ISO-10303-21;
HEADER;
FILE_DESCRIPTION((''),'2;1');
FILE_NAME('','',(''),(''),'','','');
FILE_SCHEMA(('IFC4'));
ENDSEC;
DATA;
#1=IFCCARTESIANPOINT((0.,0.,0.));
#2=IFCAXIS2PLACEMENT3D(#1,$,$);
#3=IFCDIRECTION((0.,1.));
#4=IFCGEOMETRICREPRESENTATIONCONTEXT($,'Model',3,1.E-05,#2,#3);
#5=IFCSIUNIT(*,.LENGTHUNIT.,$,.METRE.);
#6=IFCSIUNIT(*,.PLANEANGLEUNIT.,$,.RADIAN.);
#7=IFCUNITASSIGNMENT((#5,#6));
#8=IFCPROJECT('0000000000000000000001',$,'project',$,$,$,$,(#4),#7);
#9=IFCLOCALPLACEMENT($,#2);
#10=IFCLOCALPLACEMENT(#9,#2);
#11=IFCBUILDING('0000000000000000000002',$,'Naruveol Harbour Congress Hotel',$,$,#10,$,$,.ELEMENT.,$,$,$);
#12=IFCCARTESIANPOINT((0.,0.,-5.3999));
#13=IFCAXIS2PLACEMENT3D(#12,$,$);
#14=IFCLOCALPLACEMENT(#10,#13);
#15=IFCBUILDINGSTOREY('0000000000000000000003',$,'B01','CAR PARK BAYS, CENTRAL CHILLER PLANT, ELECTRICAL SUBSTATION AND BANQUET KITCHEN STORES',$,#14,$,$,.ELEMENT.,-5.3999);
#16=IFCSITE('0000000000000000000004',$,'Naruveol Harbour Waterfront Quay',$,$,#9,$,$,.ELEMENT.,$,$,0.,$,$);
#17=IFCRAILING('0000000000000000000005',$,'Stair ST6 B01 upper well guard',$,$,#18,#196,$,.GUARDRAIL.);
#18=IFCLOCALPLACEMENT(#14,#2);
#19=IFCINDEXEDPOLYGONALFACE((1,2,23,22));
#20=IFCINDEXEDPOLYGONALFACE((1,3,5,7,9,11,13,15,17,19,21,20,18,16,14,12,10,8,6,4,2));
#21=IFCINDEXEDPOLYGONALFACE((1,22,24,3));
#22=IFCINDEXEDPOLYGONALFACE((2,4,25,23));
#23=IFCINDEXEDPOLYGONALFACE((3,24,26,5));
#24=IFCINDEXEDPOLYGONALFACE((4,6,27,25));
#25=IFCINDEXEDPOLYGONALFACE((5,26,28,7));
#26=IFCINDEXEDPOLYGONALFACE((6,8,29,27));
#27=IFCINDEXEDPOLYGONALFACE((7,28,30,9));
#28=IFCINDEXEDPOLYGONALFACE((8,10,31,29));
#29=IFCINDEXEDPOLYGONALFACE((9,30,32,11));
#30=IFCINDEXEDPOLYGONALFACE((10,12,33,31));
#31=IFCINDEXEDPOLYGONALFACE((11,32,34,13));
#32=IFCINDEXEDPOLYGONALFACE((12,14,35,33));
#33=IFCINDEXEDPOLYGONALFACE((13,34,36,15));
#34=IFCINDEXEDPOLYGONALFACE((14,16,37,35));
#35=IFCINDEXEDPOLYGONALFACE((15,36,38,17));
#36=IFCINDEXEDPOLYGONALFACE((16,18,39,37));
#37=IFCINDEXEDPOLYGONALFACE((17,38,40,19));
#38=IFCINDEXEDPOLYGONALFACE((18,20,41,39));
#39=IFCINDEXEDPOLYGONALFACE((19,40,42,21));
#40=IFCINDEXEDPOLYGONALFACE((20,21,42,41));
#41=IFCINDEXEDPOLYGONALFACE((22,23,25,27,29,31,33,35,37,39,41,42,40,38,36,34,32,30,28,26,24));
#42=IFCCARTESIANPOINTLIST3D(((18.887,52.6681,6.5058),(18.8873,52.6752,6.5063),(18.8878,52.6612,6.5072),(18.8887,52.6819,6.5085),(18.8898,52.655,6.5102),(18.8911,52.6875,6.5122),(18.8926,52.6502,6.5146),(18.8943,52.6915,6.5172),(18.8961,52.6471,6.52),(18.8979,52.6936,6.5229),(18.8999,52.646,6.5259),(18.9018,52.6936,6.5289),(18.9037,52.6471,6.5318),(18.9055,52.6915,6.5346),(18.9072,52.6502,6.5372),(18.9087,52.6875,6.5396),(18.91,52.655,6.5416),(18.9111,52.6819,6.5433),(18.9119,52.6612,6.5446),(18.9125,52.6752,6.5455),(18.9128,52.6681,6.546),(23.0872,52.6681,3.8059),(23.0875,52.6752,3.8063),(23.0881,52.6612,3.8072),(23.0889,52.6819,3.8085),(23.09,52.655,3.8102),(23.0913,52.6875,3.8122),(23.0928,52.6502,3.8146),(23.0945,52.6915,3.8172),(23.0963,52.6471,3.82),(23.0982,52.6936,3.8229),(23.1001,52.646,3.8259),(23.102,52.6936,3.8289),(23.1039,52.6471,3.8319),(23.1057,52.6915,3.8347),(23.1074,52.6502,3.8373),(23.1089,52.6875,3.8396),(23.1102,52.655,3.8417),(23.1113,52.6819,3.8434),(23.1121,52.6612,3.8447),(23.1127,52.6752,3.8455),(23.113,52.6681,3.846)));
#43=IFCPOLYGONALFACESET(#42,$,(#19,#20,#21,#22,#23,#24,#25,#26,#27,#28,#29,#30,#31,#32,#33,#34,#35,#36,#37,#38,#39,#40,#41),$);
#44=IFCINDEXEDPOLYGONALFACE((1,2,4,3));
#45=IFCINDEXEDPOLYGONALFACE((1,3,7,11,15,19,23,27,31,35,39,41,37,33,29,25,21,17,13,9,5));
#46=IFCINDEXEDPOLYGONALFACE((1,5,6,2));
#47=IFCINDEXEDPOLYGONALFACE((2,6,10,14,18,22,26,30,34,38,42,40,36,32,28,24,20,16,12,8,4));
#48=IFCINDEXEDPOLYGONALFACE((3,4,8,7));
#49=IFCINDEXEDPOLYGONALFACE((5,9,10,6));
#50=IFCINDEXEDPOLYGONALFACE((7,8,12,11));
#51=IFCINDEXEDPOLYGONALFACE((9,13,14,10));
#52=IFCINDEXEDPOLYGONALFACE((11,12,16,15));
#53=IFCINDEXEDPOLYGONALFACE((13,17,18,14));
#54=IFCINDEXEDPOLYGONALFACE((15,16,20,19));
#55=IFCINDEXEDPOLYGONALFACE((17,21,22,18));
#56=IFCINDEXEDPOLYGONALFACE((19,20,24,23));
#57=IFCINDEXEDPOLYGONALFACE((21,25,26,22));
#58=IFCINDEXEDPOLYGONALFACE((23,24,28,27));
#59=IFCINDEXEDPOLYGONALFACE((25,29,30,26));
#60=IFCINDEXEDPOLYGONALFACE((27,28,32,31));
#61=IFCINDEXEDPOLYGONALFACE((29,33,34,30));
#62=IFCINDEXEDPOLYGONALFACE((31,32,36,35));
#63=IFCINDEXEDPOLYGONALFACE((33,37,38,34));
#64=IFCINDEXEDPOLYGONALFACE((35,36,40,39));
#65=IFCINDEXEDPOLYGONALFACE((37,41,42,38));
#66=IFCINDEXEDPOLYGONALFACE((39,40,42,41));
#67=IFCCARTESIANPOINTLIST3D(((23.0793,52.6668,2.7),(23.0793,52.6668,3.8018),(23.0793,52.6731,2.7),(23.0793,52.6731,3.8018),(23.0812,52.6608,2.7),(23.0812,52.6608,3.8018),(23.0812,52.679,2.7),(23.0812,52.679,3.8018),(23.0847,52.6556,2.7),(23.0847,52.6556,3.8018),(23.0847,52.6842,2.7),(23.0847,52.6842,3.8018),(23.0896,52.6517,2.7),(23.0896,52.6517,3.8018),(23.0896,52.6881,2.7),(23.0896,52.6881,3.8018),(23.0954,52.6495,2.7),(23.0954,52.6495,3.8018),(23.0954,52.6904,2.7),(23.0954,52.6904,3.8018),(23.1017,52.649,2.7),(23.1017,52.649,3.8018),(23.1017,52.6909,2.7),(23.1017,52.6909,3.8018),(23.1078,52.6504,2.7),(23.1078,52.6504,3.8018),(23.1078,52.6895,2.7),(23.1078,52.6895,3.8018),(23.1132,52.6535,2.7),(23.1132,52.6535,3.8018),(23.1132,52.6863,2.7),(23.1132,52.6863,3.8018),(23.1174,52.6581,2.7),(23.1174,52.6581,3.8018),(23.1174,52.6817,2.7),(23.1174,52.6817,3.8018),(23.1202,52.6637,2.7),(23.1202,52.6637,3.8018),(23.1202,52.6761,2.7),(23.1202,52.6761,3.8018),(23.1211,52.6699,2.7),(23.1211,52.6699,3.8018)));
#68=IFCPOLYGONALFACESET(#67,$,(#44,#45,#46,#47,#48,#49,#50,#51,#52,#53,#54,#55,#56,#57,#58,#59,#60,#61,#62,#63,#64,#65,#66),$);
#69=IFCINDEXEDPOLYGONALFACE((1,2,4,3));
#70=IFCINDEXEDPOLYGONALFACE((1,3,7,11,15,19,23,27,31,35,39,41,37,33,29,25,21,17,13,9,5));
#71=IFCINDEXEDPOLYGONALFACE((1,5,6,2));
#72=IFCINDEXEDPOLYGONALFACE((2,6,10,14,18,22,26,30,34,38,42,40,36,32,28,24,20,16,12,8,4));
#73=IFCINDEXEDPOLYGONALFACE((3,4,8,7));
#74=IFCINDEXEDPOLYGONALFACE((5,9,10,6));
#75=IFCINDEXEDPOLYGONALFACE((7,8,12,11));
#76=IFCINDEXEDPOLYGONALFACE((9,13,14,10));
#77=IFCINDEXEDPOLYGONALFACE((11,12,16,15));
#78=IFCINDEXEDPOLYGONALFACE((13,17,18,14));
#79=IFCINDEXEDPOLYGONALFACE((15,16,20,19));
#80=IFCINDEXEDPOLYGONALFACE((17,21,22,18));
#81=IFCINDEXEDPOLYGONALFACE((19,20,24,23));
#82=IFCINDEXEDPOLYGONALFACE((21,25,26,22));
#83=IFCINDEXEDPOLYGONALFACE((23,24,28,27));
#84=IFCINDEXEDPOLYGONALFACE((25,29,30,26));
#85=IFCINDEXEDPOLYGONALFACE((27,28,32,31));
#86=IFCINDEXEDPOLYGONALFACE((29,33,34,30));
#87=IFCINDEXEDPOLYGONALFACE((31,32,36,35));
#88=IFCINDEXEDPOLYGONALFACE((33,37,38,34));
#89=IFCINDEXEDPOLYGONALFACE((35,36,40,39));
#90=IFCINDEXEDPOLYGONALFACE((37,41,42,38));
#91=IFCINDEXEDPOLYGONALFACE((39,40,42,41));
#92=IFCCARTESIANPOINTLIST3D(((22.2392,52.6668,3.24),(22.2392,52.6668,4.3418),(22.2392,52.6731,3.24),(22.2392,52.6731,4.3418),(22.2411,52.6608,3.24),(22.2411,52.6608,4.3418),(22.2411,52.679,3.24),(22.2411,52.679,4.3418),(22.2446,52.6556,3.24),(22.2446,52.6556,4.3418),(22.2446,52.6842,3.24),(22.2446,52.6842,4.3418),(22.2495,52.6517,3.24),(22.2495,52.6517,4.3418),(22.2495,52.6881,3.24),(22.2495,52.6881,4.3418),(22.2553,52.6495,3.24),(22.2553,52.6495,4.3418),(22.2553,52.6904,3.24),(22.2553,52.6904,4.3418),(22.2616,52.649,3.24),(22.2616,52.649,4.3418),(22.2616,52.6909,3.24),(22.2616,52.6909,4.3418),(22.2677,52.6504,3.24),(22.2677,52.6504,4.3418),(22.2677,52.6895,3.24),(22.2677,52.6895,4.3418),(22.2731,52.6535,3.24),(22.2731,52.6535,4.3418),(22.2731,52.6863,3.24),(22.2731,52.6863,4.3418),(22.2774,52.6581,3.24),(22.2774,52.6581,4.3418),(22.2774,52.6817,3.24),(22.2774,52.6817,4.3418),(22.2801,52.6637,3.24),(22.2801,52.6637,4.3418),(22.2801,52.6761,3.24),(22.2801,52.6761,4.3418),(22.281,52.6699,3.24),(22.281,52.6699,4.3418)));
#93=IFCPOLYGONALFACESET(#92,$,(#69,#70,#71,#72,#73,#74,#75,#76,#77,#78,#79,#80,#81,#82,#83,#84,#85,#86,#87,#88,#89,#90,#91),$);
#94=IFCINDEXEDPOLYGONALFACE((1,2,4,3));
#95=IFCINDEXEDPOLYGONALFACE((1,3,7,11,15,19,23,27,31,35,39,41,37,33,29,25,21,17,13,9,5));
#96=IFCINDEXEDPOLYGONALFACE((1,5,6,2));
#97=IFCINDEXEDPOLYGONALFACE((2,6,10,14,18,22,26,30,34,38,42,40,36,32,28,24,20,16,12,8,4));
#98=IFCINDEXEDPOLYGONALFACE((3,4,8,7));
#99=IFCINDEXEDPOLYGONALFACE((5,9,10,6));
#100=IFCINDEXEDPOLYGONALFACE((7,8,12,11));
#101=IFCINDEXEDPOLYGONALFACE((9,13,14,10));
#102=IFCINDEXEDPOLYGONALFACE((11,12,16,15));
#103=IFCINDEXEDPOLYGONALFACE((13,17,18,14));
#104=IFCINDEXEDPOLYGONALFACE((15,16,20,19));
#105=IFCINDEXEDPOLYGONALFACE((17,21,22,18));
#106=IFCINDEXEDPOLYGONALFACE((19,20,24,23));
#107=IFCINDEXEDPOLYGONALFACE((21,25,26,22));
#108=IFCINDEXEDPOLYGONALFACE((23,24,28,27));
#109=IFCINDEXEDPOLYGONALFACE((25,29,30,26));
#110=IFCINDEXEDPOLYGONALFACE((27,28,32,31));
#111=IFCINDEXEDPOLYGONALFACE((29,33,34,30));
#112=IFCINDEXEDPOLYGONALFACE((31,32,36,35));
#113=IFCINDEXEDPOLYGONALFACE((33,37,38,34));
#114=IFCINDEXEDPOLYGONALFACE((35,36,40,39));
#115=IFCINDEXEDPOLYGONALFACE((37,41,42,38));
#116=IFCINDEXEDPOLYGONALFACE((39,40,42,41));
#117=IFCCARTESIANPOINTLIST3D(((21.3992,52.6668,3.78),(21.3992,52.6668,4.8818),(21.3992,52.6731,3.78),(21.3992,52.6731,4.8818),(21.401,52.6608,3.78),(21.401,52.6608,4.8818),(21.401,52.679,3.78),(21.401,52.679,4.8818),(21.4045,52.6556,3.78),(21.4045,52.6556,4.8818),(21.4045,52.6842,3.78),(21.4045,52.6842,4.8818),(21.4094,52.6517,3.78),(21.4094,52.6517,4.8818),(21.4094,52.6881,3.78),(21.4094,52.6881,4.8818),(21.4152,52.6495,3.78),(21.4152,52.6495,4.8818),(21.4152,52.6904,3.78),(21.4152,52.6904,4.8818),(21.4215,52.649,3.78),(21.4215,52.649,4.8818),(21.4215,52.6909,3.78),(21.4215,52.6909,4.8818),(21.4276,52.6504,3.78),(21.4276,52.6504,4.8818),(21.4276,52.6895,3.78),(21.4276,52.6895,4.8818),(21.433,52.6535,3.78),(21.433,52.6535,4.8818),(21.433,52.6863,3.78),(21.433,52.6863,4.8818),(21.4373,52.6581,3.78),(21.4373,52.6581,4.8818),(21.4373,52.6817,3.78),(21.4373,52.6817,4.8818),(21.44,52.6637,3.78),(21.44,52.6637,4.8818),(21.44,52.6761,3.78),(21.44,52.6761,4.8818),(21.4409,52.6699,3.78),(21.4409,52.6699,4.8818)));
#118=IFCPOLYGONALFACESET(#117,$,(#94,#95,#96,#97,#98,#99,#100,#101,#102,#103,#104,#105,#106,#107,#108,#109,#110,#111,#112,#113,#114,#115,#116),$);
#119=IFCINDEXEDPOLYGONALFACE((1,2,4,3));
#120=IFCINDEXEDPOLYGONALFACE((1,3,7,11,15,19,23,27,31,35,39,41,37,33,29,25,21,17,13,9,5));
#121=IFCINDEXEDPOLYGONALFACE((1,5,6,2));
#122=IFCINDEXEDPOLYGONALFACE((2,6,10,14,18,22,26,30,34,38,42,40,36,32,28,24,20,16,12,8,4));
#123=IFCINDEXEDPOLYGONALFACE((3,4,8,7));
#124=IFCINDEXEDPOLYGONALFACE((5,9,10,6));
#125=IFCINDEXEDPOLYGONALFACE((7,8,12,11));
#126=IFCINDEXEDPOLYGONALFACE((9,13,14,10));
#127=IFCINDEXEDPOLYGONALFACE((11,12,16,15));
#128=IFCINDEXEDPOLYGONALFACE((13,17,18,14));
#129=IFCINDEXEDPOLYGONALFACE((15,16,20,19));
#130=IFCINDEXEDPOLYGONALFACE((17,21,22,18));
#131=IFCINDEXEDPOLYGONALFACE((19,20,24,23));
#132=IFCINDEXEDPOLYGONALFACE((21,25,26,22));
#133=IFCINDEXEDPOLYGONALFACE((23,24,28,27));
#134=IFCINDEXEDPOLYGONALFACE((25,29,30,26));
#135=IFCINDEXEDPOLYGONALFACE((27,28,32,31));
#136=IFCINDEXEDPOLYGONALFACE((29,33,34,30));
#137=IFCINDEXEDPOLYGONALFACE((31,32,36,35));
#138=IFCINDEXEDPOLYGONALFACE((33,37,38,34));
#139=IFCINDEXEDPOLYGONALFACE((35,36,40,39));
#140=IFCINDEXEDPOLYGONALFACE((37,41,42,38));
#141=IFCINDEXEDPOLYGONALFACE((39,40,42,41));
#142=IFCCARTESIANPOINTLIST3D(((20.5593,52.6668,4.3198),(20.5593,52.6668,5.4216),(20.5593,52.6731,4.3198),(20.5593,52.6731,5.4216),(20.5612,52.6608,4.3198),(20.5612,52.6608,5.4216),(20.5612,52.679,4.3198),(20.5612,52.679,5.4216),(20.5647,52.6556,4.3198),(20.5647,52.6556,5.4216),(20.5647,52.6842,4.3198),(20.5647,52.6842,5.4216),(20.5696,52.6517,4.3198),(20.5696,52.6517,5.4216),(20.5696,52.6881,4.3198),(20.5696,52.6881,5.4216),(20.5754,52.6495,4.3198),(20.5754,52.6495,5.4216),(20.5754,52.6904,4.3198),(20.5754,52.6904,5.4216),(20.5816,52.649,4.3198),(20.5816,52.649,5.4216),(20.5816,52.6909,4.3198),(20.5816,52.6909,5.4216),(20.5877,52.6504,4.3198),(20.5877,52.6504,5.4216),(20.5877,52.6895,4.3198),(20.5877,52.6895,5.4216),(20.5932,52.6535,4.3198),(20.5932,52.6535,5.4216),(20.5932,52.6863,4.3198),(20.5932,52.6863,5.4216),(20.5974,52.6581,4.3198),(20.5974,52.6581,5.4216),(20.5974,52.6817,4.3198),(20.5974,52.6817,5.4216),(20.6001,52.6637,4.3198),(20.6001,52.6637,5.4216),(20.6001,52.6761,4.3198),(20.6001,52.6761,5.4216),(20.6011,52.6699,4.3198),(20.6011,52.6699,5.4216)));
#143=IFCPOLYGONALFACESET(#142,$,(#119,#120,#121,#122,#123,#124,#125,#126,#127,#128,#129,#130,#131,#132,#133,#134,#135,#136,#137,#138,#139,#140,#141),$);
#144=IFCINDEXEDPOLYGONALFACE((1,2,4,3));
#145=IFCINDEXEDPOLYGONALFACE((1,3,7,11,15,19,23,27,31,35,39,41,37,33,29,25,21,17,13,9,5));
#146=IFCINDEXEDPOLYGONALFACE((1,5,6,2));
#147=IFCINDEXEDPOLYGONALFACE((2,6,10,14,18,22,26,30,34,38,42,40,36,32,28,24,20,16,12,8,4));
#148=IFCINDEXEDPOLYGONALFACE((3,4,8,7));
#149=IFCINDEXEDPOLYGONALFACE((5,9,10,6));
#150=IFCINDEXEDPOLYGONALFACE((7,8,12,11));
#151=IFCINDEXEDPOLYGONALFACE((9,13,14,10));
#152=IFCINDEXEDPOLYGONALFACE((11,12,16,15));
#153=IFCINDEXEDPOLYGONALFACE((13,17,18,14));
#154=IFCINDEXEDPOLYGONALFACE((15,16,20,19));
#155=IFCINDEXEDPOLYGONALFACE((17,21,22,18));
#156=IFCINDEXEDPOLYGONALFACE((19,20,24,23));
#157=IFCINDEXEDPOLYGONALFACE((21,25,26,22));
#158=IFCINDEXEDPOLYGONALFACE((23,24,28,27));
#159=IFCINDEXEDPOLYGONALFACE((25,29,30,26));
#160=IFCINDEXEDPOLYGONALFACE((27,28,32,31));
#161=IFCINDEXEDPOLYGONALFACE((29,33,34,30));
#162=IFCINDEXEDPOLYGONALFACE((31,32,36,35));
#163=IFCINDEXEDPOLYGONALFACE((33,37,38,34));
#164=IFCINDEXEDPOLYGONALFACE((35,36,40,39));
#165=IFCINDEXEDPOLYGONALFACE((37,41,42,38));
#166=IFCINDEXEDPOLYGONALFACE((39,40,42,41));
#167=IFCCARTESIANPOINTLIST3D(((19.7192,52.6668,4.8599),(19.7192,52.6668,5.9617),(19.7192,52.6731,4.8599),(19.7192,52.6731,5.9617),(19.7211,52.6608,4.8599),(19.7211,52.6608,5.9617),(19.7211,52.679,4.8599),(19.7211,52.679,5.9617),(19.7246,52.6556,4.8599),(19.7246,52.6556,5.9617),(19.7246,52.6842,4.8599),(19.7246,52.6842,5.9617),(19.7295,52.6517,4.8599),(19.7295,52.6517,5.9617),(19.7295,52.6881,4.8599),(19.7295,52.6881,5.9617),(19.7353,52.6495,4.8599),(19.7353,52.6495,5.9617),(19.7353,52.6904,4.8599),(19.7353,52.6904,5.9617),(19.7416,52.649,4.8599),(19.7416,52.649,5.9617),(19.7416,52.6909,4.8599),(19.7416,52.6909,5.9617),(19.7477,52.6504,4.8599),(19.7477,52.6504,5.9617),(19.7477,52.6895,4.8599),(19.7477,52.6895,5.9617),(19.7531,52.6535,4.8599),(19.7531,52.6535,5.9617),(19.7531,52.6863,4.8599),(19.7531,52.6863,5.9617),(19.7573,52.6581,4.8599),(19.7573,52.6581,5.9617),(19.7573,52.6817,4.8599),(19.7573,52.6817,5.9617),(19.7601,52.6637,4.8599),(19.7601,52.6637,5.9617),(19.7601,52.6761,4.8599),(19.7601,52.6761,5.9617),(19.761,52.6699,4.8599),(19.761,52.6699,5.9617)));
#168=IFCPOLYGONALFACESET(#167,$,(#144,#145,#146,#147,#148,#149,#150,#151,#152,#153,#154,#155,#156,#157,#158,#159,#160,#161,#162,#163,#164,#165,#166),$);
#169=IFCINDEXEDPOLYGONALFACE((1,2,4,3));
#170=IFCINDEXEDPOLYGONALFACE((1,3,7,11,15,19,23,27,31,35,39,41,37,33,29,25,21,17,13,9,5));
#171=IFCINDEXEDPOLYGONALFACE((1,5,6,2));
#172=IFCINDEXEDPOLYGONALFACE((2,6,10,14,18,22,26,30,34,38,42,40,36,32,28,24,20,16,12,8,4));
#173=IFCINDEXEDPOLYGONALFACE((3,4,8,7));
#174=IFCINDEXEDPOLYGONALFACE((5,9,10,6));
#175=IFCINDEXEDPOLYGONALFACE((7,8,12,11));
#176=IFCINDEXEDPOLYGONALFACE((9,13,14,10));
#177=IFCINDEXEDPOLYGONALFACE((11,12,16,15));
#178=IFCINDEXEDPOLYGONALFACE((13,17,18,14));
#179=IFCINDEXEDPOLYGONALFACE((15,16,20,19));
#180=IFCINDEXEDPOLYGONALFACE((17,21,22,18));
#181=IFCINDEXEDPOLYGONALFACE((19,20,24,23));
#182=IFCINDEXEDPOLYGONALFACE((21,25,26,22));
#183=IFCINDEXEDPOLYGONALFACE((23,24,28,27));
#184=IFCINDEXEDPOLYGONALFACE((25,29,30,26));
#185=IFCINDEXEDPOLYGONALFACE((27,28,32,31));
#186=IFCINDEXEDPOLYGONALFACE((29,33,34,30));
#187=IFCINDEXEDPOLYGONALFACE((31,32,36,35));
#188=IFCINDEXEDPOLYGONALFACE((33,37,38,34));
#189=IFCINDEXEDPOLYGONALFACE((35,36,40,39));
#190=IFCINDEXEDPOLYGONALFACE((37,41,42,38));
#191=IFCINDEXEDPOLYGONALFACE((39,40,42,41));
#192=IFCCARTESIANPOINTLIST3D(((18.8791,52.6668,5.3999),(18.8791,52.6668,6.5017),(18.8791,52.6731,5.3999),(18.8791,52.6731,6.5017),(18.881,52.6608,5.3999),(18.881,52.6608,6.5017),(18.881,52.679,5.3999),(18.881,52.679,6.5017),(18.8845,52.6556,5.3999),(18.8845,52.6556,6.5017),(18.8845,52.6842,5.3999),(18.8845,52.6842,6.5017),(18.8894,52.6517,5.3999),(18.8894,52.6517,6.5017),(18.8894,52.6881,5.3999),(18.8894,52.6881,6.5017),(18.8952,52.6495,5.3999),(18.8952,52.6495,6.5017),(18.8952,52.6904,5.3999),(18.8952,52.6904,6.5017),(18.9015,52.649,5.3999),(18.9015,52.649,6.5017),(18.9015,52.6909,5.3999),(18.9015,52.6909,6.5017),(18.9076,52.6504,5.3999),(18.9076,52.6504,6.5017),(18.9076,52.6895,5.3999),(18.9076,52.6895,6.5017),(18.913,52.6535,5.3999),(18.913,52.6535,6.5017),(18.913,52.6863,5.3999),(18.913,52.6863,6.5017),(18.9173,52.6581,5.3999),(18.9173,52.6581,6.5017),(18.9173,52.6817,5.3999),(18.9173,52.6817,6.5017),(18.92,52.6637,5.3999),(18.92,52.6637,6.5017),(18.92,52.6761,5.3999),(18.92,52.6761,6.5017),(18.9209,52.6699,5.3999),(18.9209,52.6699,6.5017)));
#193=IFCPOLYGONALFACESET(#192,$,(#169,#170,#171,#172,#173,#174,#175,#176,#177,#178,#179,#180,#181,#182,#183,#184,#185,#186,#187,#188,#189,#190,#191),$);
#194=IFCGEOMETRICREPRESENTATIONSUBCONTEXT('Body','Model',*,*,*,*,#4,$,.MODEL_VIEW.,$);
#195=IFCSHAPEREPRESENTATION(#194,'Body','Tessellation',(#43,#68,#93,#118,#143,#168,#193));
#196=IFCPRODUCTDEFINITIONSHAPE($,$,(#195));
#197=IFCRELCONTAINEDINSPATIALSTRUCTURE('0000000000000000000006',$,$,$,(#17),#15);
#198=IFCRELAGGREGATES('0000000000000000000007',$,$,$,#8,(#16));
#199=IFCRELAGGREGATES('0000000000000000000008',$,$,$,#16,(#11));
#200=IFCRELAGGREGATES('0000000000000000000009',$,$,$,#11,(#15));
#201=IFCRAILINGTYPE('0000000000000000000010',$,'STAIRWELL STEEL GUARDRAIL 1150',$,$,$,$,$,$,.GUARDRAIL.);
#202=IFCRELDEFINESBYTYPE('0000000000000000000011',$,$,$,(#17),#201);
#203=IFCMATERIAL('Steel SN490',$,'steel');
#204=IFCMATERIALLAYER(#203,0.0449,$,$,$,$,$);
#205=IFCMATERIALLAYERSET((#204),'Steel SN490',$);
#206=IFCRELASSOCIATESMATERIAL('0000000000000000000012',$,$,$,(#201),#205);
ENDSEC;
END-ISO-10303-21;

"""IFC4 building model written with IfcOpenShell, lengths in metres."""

from ifc_helpers import new_model, si_unit, direction, frame, origin, origin_2d, place, context, subcontext, project, spatial, circle, extrude, material, layer, layer_set, type_object, element, save


model = new_model("IFC4")

# Units and contexts
model_context = context("Model", 3, precision=1e-05, world=origin(), true_north=direction((0.0, 1.0)))
body_context = subcontext(model_context, "Body", "Model", "MODEL_VIEW")
ifc_project = project(units=[si_unit("LENGTHUNIT", "METRE"), si_unit("PLANEANGLEUNIT", "RADIAN")], contexts=[model_context])

# Site, building, storey
site_placement = place(None, origin())
site = spatial("IfcSite", under=ifc_project, at=site_placement, Name="Naruveol Harbour Waterfront Quay", CompositionType="ELEMENT", RefElevation=0.0)
building_placement = place(site_placement, origin())
building = spatial("IfcBuilding", under=site, at=building_placement, Name="Naruveol Harbour Congress Hotel", CompositionType="ELEMENT")
storey_placement = place(building_placement, frame((0.0, 0.0, -5.3999)))
storey = spatial("IfcBuildingStorey", under=building, at=storey_placement, Name="B01", Description="CAR PARK BAYS, CENTRAL CHILLER PLANT, ELECTRICAL SUBSTATION AND BANQUET KITCHEN STORES", CompositionType="ELEMENT", Elevation=-5.3999)

# Railing
ifc_material_1 = material(Name="Steel SN490", Category="steel")
ifc_layer_1 = layer(ifc_material_1, 0.0449)
ifc_layer_set_1 = layer_set([ifc_layer_1], Name="Steel SN490")
railing_type_1 = type_object("IfcRailingType", Name="STAIRWELL STEEL GUARDRAIL 1150", PredefinedType="GUARDRAIL", material=ifc_layer_set_1)
railing_1_placement = place(storey_placement, frame((23.1001, 52.6699, 2.7)))
element("IfcRailing", 1, at=railing_1_placement, inside=storey, type_object=railing_type_1, Name="Stair ST6 B01 upper well guard", PredefinedType="GUARDRAIL", context=body_context, shape_type="SweptSolid", body=[
    extrude(circle(Radius=0.0239, at=origin_2d()), frame((0.0, 0.0, 1.126), z_axis=(-0.841194, 0.0, 0.540733), x_axis=(0.0, -1.0, 0.0)), (0.0, 0.0, 1.0), 4.9932),
    extrude(circle(Radius=0.021, at=origin_2d()), origin(), (0.0, 0.0, 1.0), 1.1018),
    extrude(circle(Radius=0.021, at=origin_2d()), frame((-0.8401, 0.0, 0.54)), (0.0, 0.0, 1.0), 1.1018),
    extrude(circle(Radius=0.021, at=origin_2d()), frame((-1.6802, 0.0, 1.0801)), (0.0, 0.0, 1.0), 1.1018),
    extrude(circle(Radius=0.021, at=origin_2d()), frame((-2.52, 0.0, 1.6199)), (0.0, 0.0, 1.0), 1.1018),
    extrude(circle(Radius=0.021, at=origin_2d()), frame((-3.3601, 0.0, 2.1599)), (0.0, 0.0, 1.0), 1.1018),
    extrude(circle(Radius=0.021, at=origin_2d()), frame((-4.2002, 0.0, 2.7)), (0.0, 0.0, 1.0), 1.1018),
])

save(model, "model.ifc")
